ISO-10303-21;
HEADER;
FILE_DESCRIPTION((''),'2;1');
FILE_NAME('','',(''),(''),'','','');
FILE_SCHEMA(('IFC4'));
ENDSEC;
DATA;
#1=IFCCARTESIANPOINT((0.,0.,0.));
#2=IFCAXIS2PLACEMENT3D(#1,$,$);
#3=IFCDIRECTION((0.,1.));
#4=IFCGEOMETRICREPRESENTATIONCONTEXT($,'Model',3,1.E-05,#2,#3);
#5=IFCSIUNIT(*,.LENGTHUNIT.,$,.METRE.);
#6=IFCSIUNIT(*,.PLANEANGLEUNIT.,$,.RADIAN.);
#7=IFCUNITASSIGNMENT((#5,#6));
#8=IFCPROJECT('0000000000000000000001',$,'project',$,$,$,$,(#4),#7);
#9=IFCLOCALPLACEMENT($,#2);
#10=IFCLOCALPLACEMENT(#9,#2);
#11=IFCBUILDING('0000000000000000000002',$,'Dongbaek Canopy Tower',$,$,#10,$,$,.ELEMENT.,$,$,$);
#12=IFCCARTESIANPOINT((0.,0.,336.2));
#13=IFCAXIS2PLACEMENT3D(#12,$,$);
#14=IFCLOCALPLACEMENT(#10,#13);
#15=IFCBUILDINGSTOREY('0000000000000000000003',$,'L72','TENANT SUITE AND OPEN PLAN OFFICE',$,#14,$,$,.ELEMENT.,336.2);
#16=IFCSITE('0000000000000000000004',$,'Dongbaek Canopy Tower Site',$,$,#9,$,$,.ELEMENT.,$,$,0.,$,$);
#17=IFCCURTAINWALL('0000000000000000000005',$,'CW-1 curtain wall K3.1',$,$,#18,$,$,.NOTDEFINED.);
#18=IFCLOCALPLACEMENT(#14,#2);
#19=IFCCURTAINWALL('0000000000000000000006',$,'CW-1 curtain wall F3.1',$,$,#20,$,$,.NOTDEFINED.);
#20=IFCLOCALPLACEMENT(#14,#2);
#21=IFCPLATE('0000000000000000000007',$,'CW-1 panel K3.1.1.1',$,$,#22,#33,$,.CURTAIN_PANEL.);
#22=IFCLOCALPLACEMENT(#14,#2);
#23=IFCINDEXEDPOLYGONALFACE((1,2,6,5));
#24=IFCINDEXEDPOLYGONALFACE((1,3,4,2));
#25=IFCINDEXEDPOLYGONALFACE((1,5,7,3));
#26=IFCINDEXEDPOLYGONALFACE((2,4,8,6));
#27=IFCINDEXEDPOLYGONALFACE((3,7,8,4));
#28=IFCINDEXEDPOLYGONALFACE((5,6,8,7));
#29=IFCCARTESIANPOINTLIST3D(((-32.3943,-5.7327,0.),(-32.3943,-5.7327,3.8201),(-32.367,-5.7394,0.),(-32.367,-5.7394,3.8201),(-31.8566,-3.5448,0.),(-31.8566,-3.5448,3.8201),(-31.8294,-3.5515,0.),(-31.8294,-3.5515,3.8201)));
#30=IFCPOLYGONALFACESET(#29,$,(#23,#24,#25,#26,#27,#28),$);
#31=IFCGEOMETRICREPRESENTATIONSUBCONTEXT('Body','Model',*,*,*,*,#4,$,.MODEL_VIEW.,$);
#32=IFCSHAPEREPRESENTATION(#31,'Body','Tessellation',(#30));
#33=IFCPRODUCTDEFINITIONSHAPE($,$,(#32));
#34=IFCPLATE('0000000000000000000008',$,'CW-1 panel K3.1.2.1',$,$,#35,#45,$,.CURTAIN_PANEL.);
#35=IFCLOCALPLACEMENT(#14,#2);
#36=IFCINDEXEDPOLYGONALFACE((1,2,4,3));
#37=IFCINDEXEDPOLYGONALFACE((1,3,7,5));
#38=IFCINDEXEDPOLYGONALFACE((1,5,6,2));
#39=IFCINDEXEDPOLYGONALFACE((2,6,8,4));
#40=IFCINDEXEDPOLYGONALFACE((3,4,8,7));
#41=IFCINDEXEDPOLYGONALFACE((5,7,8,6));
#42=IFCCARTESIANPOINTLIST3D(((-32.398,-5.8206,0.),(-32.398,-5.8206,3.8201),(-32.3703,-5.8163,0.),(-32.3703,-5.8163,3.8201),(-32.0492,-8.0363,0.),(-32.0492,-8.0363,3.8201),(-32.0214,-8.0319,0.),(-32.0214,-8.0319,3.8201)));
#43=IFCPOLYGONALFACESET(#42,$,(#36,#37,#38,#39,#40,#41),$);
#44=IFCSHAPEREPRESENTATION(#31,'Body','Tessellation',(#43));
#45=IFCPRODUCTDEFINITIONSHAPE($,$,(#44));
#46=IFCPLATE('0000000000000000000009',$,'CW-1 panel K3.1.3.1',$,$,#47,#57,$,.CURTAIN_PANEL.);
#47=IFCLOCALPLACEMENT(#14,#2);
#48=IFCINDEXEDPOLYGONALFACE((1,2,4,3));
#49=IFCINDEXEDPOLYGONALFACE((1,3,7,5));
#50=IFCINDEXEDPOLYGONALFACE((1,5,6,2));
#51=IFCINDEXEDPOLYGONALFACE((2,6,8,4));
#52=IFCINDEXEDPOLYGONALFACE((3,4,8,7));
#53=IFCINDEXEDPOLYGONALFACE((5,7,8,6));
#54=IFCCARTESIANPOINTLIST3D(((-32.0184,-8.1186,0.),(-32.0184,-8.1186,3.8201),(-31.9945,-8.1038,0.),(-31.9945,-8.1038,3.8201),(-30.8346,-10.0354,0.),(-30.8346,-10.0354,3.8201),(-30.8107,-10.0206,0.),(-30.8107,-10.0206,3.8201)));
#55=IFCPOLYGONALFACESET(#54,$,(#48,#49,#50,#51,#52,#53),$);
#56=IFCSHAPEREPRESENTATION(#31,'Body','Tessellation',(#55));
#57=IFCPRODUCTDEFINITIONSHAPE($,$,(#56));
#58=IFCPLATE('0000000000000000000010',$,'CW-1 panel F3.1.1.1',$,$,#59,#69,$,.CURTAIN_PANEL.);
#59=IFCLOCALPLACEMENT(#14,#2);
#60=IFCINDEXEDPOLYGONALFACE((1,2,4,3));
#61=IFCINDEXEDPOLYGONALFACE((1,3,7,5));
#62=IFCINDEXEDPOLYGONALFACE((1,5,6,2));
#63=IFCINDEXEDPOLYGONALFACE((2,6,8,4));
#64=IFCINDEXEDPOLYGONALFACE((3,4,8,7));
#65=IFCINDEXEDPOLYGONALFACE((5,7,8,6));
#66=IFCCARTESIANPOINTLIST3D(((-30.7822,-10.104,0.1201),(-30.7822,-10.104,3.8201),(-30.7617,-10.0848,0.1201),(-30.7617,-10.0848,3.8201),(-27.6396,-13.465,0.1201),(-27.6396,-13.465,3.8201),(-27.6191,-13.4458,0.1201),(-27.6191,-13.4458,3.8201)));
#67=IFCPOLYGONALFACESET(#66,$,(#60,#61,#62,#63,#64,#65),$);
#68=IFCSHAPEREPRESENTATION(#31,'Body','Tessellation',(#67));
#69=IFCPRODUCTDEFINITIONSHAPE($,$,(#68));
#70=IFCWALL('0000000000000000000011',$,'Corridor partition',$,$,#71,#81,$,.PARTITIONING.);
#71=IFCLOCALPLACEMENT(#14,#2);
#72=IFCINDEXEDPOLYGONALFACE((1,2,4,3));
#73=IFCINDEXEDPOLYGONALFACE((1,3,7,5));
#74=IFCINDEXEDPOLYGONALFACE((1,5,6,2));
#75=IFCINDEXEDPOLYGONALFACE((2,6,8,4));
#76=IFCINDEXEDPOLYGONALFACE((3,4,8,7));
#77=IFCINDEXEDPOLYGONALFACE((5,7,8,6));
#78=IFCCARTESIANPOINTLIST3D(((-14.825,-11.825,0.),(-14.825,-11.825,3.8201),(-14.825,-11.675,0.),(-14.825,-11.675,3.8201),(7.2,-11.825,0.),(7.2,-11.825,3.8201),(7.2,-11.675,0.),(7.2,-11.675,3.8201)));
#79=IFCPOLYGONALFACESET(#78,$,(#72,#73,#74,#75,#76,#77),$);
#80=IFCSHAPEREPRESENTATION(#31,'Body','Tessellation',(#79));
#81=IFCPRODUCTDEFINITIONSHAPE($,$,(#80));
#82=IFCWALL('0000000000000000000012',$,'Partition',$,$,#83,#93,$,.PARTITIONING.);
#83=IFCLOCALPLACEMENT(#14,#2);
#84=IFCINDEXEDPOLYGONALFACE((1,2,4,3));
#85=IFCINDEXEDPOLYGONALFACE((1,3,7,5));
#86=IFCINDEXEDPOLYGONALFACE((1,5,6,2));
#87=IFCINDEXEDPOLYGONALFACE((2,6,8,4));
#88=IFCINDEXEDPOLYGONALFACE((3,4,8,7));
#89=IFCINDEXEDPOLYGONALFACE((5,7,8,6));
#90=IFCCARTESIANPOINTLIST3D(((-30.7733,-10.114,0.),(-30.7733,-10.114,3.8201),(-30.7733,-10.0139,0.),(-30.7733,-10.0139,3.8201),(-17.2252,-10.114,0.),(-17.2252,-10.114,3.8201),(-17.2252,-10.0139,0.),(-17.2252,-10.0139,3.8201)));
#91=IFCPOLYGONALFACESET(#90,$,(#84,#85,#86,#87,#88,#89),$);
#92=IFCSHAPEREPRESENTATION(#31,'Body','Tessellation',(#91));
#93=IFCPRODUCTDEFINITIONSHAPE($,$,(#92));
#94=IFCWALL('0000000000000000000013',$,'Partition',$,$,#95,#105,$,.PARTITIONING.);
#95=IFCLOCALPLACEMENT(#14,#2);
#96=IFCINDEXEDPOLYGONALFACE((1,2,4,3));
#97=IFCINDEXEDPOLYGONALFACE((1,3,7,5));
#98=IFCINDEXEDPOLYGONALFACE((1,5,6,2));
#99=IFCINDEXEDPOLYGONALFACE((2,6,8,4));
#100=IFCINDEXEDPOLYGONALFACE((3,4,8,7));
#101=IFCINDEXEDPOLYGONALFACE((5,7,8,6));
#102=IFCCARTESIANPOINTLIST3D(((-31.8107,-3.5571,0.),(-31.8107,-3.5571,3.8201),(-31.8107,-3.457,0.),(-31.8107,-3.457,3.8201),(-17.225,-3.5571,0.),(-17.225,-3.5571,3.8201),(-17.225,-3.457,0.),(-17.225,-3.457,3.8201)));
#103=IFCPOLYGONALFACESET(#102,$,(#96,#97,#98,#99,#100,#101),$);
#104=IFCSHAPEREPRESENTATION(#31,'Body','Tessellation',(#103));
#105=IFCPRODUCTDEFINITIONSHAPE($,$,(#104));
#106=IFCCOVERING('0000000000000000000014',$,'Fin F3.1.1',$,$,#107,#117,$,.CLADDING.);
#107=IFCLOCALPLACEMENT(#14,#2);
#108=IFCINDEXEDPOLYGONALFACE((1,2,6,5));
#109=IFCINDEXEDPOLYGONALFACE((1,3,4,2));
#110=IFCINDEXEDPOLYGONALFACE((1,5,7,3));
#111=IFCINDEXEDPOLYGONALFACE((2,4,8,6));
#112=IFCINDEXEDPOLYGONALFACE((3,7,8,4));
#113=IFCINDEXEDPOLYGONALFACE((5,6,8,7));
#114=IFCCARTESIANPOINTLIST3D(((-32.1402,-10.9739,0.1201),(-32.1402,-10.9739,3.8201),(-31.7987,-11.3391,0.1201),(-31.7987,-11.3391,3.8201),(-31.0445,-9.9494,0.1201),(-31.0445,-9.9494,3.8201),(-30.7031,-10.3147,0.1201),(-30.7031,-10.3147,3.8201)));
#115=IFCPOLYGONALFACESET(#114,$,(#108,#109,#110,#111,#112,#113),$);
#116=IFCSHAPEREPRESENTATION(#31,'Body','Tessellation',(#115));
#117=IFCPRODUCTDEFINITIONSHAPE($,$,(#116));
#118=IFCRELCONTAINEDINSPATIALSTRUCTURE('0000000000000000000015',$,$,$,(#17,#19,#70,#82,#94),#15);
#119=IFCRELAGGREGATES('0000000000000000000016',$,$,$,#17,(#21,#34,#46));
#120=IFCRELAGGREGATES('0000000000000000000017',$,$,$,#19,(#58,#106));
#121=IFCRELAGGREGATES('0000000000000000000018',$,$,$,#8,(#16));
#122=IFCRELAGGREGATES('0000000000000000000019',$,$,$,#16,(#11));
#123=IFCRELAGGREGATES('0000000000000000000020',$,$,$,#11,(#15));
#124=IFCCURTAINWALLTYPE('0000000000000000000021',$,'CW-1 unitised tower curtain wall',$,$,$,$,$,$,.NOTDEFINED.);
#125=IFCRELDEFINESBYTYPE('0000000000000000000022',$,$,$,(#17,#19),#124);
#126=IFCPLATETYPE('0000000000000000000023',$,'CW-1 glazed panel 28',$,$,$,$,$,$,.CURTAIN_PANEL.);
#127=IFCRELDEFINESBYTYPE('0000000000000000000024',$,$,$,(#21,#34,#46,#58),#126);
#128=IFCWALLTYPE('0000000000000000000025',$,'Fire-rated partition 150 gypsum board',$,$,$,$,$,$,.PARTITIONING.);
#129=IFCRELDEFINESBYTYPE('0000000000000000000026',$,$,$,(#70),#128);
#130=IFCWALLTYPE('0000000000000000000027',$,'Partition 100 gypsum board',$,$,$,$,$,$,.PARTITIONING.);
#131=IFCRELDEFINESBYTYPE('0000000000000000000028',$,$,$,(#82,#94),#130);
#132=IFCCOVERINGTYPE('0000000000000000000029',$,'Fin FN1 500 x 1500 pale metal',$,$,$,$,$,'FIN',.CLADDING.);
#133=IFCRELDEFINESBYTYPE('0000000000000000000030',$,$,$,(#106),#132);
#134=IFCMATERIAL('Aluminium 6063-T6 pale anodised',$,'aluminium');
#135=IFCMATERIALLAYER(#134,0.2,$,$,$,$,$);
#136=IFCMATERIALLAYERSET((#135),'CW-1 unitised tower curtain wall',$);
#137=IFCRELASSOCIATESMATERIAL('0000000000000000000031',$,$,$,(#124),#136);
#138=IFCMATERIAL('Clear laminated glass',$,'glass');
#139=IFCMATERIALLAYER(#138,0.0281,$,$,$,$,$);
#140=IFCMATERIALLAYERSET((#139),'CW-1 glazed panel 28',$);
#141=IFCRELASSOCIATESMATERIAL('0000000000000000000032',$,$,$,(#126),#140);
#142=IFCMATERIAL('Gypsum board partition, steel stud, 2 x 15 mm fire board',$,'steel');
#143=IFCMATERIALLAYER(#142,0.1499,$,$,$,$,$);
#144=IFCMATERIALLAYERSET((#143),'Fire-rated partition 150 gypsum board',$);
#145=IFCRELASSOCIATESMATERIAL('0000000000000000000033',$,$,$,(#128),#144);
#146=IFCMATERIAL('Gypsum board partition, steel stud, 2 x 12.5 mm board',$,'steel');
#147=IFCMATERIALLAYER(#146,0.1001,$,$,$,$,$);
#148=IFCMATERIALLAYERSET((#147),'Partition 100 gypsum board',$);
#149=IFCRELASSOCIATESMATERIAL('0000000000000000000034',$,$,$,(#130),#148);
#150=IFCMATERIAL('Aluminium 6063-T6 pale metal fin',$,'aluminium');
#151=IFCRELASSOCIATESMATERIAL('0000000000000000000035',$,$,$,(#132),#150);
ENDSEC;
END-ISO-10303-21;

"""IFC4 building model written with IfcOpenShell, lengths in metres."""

from ifc_helpers import new_model, si_unit, direction, frame, frame_2d, origin, origin_2d, place, context, subcontext, project, spatial, rectangle, extrude, material, layer, layer_set, material_profile, profile_set, type_object, element, aggregate, save


model = new_model("IFC4")

# Units and contexts
model_context = context("Model", 3, precision=1e-05, world=origin(), true_north=direction((0.0, 1.0)))
body_context = subcontext(model_context, "Body", "Model", "MODEL_VIEW")
ifc_project = project(units=[si_unit("LENGTHUNIT", "METRE"), si_unit("PLANEANGLEUNIT", "RADIAN")], contexts=[model_context])

# Site, building, storey
site_placement = place(None, origin())
site = spatial("IfcSite", under=ifc_project, at=site_placement, Name="Dongbaek Canopy Tower Site", CompositionType="ELEMENT", RefElevation=0.0)
building_placement = place(site_placement, origin())
building = spatial("IfcBuilding", under=site, at=building_placement, Name="Dongbaek Canopy Tower", CompositionType="ELEMENT")
storey_placement = place(building_placement, frame((0.0, 0.0, 336.2)))
storey = spatial("IfcBuildingStorey", under=building, at=storey_placement, Name="L72", Description="TENANT SUITE AND OPEN PLAN OFFICE", CompositionType="ELEMENT", Elevation=336.2)

# Curtain wall
ifc_material_1 = material(Name="Aluminium 6063-T6 pale anodised", Category="aluminium")
ifc_layer_1 = layer(ifc_material_1, 0.2)
ifc_layer_set_1 = layer_set([ifc_layer_1], Name="CW-1 unitised tower curtain wall")
curtain_wall_type = type_object("IfcCurtainWallType", Name="CW-1 unitised tower curtain wall", PredefinedType="NOTDEFINED", material=ifc_layer_set_1)
curtain_wall_1_placement = place(storey_placement, origin())
curtain_wall_1 = element("IfcCurtainWall", 1, at=curtain_wall_1_placement, inside=storey, type_object=curtain_wall_type, Name="CW-1 curtain wall K3.1", PredefinedType="NOTDEFINED")

# Curtain wall
curtain_wall_2_placement = place(storey_placement, origin())
curtain_wall_2 = element("IfcCurtainWall", 2, at=curtain_wall_2_placement, inside=storey, type_object=curtain_wall_type, Name="CW-1 curtain wall F3.1", PredefinedType="NOTDEFINED")

# Plates
ifc_material_2 = material(Name="Clear laminated glass", Category="glass")
ifc_layer_2 = layer(ifc_material_2, 0.0281)
ifc_layer_set_2 = layer_set([ifc_layer_2], Name="CW-1 glazed panel 28")
plate_type = type_object("IfcPlateType", Name="CW-1 glazed panel 28", PredefinedType="CURTAIN_PANEL", material=ifc_layer_set_2)
plate_1_placement = place(storey_placement, frame((-32.1118, -4.6421, 0.0), z_axis=(0.0, 0.0, 1.0), x_axis=(-0.238632, -0.97111, 0.0)))
plate_1 = element("IfcPlate", 3, at=plate_1_placement, type_object=plate_type, Name="CW-1 panel K3.1.1.1", PredefinedType="CURTAIN_PANEL", context=body_context, shape_type="SweptSolid", body=[
    extrude(rectangle(XDim=2.2529, YDim=0.0281, at=origin_2d()), origin(), (0.0, 0.0, 1.0), 3.8201),
])
plate_2_placement = place(storey_placement, frame((-32.2097, -6.9263, 0.0), z_axis=(0.0, 0.0, 1.0), x_axis=(0.155525, -0.987832, 0.0)))
plate_2 = element("IfcPlate", 4, at=plate_2_placement, type_object=plate_type, Name="CW-1 panel K3.1.2.1", PredefinedType="CURTAIN_PANEL", context=body_context, shape_type="SweptSolid", body=[
    extrude(rectangle(XDim=2.2429, YDim=0.0281, at=origin_2d()), origin(), (0.0, 0.0, 1.0), 3.8201),
])
plate_3_placement = place(storey_placement, frame((-31.4146, -9.0696, 0.0), z_axis=(0.0, 0.0, 1.0), x_axis=(0.525476, -0.850808, 0.0)))
plate_3 = element("IfcPlate", 5, at=plate_3_placement, type_object=plate_type, Name="CW-1 panel K3.1.3.1", PredefinedType="CURTAIN_PANEL", context=body_context, shape_type="SweptSolid", body=[
    extrude(rectangle(XDim=2.2529, YDim=0.0281, at=origin_2d()), origin(), (0.0, 0.0, 1.0), 3.8201),
])
aggregate(curtain_wall_1, [plate_1, plate_2, plate_3])
plate_4_placement = place(storey_placement, frame((-29.2007, -11.7749, 0.1201), z_axis=(0.0, 0.0, 1.0), x_axis=(0.682979, -0.730438, 0.0)))
plate_4 = element("IfcPlate", 6, at=plate_4_placement, type_object=plate_type, Name="CW-1 panel F3.1.1.1", PredefinedType="CURTAIN_PANEL", context=body_context, shape_type="SweptSolid", body=[
    extrude(rectangle(XDim=4.6013, YDim=0.0281, at=origin_2d()), origin(), (0.0, 0.0, 1.0), 3.7),
])

# Walls
ifc_material_3 = material(Name="Gypsum board partition, steel stud, 2 x 15 mm fire board", Category="steel")
ifc_layer_3 = layer(ifc_material_3, 0.1499)
ifc_layer_set_3 = layer_set([ifc_layer_3], Name="Fire-rated partition 150 gypsum board")
wall_type_1 = type_object("IfcWallType", Name="Fire-rated partition 150 gypsum board", PredefinedType="PARTITIONING", material=ifc_layer_set_3)
wall_1_placement = place(storey_placement, frame((-14.825, -11.75, 0.0), z_axis=(0.0, 0.0, 1.0), x_axis=(1.0, 0.0, 0.0)))
element("IfcWall", 7, at=wall_1_placement, inside=storey, type_object=wall_type_1, Name="Corridor partition", PredefinedType="PARTITIONING", context=body_context, shape_type="SweptSolid", body=[
    extrude(rectangle(XDim=22.0249, YDim=0.1499, at=frame_2d((11.0125, 0.0))), origin(), (0.0, 0.0, 1.0), 3.8201),
])
ifc_material_4 = material(Name="Gypsum board partition, steel stud, 2 x 12.5 mm board", Category="steel")
ifc_layer_4 = layer(ifc_material_4, 0.1001)
ifc_layer_set_4 = layer_set([ifc_layer_4], Name="Partition 100 gypsum board")
wall_type_2 = type_object("IfcWallType", Name="Partition 100 gypsum board", PredefinedType="PARTITIONING", material=ifc_layer_set_4)
wall_2_placement = place(storey_placement, frame((-30.7732, -10.064, 0.0), z_axis=(0.0, 0.0, 1.0), x_axis=(1.0, 0.0, 0.0)))
element("IfcWall", 8, at=wall_2_placement, inside=storey, type_object=wall_type_2, Name="Partition", PredefinedType="PARTITIONING", context=body_context, shape_type="SweptSolid", body=[
    extrude(rectangle(XDim=13.5481, YDim=0.1001, at=frame_2d((6.7739, 0.0))), origin(), (0.0, 0.0, 1.0), 3.8201),
])
wall_3_placement = place(storey_placement, frame((-31.8108, -3.5071, 0.0), z_axis=(0.0, 0.0, 1.0), x_axis=(1.0, 0.0, 0.0)))
element("IfcWall", 9, at=wall_3_placement, inside=storey, type_object=wall_type_2, Name="Partition", PredefinedType="PARTITIONING", context=body_context, shape_type="SweptSolid", body=[
    extrude(rectangle(XDim=14.5857, YDim=0.1001, at=frame_2d((7.293, 0.0))), origin(), (0.0, 0.0, 1.0), 3.8201),
])

# Covering
ifc_material_5 = material(Name="Aluminium 6063-T6 pale metal fin", Category="aluminium")
ifc_material_profile_1 = material_profile(ifc_material_5, rectangle(XDim=1.5, YDim=0.5, at=origin_2d()), Name="Fin FN1 500 x 1500 pale metal")
ifc_profile_set_1 = profile_set([ifc_material_profile_1], Name="Aluminium 6063-T6 pale metal fin")
covering_type = type_object("IfcCoveringType", Name="Fin FN1 500 x 1500 pale metal", ElementType="FIN", PredefinedType="CLADDING", material=ifc_profile_set_1)
covering_placement = place(storey_placement, frame((-31.4216, -10.6443, 0.1201), z_axis=(0.0, 0.0, 1.0), x_axis=(-0.730438, -0.682979, 0.0)))
covering = element("IfcCovering", 10, at=covering_placement, type_object=covering_type, Name="Fin F3.1.1", PredefinedType="CLADDING", context=body_context, shape_type="SweptSolid", body=[
    extrude(rectangle(XDim=1.5, YDim=0.5, at=origin_2d()), origin(), (0.0, 0.0, 1.0), 3.7),
])
aggregate(curtain_wall_2, [plate_4, covering])

save(model, "model.ifc")
